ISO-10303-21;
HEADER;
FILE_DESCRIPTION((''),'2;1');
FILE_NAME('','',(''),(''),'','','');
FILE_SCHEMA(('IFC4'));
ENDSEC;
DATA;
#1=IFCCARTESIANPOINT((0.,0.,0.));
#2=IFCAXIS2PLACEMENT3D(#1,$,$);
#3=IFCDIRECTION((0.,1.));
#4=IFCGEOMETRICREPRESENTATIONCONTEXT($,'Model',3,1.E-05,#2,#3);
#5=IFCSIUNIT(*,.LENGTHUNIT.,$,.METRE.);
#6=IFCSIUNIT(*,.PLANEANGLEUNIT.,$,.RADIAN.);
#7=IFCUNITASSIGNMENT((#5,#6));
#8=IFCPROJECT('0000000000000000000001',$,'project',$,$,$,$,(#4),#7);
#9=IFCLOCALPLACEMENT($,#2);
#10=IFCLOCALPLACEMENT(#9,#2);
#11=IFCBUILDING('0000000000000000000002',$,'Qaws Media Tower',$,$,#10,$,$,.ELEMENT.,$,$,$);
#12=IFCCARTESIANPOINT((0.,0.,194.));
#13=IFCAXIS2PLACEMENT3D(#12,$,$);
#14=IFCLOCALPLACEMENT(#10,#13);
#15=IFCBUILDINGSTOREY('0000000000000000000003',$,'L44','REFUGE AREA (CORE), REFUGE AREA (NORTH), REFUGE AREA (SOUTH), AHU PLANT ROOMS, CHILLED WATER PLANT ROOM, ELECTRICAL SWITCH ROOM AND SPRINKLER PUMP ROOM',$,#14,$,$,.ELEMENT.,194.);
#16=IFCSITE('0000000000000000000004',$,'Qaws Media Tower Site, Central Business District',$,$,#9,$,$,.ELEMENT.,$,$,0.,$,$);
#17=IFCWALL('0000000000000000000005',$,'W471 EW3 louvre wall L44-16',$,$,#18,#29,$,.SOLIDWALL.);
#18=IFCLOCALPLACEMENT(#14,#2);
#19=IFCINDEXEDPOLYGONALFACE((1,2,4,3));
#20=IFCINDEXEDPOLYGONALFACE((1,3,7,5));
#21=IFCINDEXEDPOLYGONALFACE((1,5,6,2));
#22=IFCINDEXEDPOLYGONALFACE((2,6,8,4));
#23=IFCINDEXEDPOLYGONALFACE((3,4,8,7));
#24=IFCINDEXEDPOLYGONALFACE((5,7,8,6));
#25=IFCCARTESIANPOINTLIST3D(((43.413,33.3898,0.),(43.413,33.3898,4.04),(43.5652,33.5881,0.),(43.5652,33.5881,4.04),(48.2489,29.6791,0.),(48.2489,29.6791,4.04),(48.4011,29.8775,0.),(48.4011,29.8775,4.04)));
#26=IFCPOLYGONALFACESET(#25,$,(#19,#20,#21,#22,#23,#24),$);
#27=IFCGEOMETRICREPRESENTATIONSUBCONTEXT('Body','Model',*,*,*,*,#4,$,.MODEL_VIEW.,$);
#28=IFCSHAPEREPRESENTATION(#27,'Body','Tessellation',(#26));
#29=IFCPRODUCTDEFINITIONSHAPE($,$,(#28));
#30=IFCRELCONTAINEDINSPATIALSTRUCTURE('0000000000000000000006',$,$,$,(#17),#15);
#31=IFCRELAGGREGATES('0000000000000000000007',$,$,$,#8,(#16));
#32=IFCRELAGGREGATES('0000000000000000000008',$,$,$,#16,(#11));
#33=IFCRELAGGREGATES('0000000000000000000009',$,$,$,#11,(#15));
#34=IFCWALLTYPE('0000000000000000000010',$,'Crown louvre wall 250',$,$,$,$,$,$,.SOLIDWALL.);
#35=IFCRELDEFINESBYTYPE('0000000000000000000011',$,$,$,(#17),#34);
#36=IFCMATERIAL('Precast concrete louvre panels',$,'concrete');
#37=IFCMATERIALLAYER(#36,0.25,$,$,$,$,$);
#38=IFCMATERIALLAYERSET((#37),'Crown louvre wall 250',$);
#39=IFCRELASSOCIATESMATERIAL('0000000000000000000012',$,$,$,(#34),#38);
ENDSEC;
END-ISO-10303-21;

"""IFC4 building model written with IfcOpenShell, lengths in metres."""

from ifc_helpers import new_model, si_unit, direction, frame, frame_2d, origin, place, context, subcontext, project, spatial, rectangle, extrude, material, layer, layer_set, type_object, element, save


model = new_model("IFC4")

# Units and contexts
model_context = context("Model", 3, precision=1e-05, world=origin(), true_north=direction((0.0, 1.0)))
body_context = subcontext(model_context, "Body", "Model", "MODEL_VIEW")
ifc_project = project(units=[si_unit("LENGTHUNIT", "METRE"), si_unit("PLANEANGLEUNIT", "RADIAN")], contexts=[model_context])

# Site, building, storey
site_placement = place(None, origin())
site = spatial("IfcSite", under=ifc_project, at=site_placement, Name="Qaws Media Tower Site, Central Business District", CompositionType="ELEMENT", RefElevation=0.0)
building_placement = place(site_placement, origin())
building = spatial("IfcBuilding", under=site, at=building_placement, Name="Qaws Media Tower", CompositionType="ELEMENT")
storey_placement = place(building_placement, frame((0.0, 0.0, 194.0)))
storey = spatial("IfcBuildingStorey", under=building, at=storey_placement, Name="L44", Description="REFUGE AREA (CORE), REFUGE AREA (NORTH), REFUGE AREA (SOUTH), AHU PLANT ROOMS, CHILLED WATER PLANT ROOM, ELECTRICAL SWITCH ROOM AND SPRINKLER PUMP ROOM", CompositionType="ELEMENT", Elevation=194.0)

# Wall
ifc_material_1 = material(Name="Precast concrete louvre panels", Category="concrete")
ifc_layer_1 = layer(ifc_material_1, 0.25)
ifc_layer_set_1 = layer_set([ifc_layer_1], Name="Crown louvre wall 250")
wall_type = type_object("IfcWallType", Name="Crown louvre wall 250", PredefinedType="SOLIDWALL", material=ifc_layer_set_1)
for number, where, z_axis, x_axis, name in (
    (1, (43.489, 33.489, 0.0), (0.0, 0.0, 1.0), (0.793357, -0.608756, 0.0), "W471 EW3 louvre wall L44-16"),
):
    element("IfcWall", number, at=place(storey_placement, frame(where, z_axis=z_axis, x_axis=x_axis)), inside=storey, type_object=wall_type, Name=name, PredefinedType="SOLIDWALL", context=body_context, shape_type="SweptSolid", body=[
        extrude(rectangle(XDim=6.0955, YDim=0.25, at=frame_2d((3.0479, 0.0))), origin(), (0.0, 0.0, 1.0), 4.04),
    ])

save(model, "model.ifc")
